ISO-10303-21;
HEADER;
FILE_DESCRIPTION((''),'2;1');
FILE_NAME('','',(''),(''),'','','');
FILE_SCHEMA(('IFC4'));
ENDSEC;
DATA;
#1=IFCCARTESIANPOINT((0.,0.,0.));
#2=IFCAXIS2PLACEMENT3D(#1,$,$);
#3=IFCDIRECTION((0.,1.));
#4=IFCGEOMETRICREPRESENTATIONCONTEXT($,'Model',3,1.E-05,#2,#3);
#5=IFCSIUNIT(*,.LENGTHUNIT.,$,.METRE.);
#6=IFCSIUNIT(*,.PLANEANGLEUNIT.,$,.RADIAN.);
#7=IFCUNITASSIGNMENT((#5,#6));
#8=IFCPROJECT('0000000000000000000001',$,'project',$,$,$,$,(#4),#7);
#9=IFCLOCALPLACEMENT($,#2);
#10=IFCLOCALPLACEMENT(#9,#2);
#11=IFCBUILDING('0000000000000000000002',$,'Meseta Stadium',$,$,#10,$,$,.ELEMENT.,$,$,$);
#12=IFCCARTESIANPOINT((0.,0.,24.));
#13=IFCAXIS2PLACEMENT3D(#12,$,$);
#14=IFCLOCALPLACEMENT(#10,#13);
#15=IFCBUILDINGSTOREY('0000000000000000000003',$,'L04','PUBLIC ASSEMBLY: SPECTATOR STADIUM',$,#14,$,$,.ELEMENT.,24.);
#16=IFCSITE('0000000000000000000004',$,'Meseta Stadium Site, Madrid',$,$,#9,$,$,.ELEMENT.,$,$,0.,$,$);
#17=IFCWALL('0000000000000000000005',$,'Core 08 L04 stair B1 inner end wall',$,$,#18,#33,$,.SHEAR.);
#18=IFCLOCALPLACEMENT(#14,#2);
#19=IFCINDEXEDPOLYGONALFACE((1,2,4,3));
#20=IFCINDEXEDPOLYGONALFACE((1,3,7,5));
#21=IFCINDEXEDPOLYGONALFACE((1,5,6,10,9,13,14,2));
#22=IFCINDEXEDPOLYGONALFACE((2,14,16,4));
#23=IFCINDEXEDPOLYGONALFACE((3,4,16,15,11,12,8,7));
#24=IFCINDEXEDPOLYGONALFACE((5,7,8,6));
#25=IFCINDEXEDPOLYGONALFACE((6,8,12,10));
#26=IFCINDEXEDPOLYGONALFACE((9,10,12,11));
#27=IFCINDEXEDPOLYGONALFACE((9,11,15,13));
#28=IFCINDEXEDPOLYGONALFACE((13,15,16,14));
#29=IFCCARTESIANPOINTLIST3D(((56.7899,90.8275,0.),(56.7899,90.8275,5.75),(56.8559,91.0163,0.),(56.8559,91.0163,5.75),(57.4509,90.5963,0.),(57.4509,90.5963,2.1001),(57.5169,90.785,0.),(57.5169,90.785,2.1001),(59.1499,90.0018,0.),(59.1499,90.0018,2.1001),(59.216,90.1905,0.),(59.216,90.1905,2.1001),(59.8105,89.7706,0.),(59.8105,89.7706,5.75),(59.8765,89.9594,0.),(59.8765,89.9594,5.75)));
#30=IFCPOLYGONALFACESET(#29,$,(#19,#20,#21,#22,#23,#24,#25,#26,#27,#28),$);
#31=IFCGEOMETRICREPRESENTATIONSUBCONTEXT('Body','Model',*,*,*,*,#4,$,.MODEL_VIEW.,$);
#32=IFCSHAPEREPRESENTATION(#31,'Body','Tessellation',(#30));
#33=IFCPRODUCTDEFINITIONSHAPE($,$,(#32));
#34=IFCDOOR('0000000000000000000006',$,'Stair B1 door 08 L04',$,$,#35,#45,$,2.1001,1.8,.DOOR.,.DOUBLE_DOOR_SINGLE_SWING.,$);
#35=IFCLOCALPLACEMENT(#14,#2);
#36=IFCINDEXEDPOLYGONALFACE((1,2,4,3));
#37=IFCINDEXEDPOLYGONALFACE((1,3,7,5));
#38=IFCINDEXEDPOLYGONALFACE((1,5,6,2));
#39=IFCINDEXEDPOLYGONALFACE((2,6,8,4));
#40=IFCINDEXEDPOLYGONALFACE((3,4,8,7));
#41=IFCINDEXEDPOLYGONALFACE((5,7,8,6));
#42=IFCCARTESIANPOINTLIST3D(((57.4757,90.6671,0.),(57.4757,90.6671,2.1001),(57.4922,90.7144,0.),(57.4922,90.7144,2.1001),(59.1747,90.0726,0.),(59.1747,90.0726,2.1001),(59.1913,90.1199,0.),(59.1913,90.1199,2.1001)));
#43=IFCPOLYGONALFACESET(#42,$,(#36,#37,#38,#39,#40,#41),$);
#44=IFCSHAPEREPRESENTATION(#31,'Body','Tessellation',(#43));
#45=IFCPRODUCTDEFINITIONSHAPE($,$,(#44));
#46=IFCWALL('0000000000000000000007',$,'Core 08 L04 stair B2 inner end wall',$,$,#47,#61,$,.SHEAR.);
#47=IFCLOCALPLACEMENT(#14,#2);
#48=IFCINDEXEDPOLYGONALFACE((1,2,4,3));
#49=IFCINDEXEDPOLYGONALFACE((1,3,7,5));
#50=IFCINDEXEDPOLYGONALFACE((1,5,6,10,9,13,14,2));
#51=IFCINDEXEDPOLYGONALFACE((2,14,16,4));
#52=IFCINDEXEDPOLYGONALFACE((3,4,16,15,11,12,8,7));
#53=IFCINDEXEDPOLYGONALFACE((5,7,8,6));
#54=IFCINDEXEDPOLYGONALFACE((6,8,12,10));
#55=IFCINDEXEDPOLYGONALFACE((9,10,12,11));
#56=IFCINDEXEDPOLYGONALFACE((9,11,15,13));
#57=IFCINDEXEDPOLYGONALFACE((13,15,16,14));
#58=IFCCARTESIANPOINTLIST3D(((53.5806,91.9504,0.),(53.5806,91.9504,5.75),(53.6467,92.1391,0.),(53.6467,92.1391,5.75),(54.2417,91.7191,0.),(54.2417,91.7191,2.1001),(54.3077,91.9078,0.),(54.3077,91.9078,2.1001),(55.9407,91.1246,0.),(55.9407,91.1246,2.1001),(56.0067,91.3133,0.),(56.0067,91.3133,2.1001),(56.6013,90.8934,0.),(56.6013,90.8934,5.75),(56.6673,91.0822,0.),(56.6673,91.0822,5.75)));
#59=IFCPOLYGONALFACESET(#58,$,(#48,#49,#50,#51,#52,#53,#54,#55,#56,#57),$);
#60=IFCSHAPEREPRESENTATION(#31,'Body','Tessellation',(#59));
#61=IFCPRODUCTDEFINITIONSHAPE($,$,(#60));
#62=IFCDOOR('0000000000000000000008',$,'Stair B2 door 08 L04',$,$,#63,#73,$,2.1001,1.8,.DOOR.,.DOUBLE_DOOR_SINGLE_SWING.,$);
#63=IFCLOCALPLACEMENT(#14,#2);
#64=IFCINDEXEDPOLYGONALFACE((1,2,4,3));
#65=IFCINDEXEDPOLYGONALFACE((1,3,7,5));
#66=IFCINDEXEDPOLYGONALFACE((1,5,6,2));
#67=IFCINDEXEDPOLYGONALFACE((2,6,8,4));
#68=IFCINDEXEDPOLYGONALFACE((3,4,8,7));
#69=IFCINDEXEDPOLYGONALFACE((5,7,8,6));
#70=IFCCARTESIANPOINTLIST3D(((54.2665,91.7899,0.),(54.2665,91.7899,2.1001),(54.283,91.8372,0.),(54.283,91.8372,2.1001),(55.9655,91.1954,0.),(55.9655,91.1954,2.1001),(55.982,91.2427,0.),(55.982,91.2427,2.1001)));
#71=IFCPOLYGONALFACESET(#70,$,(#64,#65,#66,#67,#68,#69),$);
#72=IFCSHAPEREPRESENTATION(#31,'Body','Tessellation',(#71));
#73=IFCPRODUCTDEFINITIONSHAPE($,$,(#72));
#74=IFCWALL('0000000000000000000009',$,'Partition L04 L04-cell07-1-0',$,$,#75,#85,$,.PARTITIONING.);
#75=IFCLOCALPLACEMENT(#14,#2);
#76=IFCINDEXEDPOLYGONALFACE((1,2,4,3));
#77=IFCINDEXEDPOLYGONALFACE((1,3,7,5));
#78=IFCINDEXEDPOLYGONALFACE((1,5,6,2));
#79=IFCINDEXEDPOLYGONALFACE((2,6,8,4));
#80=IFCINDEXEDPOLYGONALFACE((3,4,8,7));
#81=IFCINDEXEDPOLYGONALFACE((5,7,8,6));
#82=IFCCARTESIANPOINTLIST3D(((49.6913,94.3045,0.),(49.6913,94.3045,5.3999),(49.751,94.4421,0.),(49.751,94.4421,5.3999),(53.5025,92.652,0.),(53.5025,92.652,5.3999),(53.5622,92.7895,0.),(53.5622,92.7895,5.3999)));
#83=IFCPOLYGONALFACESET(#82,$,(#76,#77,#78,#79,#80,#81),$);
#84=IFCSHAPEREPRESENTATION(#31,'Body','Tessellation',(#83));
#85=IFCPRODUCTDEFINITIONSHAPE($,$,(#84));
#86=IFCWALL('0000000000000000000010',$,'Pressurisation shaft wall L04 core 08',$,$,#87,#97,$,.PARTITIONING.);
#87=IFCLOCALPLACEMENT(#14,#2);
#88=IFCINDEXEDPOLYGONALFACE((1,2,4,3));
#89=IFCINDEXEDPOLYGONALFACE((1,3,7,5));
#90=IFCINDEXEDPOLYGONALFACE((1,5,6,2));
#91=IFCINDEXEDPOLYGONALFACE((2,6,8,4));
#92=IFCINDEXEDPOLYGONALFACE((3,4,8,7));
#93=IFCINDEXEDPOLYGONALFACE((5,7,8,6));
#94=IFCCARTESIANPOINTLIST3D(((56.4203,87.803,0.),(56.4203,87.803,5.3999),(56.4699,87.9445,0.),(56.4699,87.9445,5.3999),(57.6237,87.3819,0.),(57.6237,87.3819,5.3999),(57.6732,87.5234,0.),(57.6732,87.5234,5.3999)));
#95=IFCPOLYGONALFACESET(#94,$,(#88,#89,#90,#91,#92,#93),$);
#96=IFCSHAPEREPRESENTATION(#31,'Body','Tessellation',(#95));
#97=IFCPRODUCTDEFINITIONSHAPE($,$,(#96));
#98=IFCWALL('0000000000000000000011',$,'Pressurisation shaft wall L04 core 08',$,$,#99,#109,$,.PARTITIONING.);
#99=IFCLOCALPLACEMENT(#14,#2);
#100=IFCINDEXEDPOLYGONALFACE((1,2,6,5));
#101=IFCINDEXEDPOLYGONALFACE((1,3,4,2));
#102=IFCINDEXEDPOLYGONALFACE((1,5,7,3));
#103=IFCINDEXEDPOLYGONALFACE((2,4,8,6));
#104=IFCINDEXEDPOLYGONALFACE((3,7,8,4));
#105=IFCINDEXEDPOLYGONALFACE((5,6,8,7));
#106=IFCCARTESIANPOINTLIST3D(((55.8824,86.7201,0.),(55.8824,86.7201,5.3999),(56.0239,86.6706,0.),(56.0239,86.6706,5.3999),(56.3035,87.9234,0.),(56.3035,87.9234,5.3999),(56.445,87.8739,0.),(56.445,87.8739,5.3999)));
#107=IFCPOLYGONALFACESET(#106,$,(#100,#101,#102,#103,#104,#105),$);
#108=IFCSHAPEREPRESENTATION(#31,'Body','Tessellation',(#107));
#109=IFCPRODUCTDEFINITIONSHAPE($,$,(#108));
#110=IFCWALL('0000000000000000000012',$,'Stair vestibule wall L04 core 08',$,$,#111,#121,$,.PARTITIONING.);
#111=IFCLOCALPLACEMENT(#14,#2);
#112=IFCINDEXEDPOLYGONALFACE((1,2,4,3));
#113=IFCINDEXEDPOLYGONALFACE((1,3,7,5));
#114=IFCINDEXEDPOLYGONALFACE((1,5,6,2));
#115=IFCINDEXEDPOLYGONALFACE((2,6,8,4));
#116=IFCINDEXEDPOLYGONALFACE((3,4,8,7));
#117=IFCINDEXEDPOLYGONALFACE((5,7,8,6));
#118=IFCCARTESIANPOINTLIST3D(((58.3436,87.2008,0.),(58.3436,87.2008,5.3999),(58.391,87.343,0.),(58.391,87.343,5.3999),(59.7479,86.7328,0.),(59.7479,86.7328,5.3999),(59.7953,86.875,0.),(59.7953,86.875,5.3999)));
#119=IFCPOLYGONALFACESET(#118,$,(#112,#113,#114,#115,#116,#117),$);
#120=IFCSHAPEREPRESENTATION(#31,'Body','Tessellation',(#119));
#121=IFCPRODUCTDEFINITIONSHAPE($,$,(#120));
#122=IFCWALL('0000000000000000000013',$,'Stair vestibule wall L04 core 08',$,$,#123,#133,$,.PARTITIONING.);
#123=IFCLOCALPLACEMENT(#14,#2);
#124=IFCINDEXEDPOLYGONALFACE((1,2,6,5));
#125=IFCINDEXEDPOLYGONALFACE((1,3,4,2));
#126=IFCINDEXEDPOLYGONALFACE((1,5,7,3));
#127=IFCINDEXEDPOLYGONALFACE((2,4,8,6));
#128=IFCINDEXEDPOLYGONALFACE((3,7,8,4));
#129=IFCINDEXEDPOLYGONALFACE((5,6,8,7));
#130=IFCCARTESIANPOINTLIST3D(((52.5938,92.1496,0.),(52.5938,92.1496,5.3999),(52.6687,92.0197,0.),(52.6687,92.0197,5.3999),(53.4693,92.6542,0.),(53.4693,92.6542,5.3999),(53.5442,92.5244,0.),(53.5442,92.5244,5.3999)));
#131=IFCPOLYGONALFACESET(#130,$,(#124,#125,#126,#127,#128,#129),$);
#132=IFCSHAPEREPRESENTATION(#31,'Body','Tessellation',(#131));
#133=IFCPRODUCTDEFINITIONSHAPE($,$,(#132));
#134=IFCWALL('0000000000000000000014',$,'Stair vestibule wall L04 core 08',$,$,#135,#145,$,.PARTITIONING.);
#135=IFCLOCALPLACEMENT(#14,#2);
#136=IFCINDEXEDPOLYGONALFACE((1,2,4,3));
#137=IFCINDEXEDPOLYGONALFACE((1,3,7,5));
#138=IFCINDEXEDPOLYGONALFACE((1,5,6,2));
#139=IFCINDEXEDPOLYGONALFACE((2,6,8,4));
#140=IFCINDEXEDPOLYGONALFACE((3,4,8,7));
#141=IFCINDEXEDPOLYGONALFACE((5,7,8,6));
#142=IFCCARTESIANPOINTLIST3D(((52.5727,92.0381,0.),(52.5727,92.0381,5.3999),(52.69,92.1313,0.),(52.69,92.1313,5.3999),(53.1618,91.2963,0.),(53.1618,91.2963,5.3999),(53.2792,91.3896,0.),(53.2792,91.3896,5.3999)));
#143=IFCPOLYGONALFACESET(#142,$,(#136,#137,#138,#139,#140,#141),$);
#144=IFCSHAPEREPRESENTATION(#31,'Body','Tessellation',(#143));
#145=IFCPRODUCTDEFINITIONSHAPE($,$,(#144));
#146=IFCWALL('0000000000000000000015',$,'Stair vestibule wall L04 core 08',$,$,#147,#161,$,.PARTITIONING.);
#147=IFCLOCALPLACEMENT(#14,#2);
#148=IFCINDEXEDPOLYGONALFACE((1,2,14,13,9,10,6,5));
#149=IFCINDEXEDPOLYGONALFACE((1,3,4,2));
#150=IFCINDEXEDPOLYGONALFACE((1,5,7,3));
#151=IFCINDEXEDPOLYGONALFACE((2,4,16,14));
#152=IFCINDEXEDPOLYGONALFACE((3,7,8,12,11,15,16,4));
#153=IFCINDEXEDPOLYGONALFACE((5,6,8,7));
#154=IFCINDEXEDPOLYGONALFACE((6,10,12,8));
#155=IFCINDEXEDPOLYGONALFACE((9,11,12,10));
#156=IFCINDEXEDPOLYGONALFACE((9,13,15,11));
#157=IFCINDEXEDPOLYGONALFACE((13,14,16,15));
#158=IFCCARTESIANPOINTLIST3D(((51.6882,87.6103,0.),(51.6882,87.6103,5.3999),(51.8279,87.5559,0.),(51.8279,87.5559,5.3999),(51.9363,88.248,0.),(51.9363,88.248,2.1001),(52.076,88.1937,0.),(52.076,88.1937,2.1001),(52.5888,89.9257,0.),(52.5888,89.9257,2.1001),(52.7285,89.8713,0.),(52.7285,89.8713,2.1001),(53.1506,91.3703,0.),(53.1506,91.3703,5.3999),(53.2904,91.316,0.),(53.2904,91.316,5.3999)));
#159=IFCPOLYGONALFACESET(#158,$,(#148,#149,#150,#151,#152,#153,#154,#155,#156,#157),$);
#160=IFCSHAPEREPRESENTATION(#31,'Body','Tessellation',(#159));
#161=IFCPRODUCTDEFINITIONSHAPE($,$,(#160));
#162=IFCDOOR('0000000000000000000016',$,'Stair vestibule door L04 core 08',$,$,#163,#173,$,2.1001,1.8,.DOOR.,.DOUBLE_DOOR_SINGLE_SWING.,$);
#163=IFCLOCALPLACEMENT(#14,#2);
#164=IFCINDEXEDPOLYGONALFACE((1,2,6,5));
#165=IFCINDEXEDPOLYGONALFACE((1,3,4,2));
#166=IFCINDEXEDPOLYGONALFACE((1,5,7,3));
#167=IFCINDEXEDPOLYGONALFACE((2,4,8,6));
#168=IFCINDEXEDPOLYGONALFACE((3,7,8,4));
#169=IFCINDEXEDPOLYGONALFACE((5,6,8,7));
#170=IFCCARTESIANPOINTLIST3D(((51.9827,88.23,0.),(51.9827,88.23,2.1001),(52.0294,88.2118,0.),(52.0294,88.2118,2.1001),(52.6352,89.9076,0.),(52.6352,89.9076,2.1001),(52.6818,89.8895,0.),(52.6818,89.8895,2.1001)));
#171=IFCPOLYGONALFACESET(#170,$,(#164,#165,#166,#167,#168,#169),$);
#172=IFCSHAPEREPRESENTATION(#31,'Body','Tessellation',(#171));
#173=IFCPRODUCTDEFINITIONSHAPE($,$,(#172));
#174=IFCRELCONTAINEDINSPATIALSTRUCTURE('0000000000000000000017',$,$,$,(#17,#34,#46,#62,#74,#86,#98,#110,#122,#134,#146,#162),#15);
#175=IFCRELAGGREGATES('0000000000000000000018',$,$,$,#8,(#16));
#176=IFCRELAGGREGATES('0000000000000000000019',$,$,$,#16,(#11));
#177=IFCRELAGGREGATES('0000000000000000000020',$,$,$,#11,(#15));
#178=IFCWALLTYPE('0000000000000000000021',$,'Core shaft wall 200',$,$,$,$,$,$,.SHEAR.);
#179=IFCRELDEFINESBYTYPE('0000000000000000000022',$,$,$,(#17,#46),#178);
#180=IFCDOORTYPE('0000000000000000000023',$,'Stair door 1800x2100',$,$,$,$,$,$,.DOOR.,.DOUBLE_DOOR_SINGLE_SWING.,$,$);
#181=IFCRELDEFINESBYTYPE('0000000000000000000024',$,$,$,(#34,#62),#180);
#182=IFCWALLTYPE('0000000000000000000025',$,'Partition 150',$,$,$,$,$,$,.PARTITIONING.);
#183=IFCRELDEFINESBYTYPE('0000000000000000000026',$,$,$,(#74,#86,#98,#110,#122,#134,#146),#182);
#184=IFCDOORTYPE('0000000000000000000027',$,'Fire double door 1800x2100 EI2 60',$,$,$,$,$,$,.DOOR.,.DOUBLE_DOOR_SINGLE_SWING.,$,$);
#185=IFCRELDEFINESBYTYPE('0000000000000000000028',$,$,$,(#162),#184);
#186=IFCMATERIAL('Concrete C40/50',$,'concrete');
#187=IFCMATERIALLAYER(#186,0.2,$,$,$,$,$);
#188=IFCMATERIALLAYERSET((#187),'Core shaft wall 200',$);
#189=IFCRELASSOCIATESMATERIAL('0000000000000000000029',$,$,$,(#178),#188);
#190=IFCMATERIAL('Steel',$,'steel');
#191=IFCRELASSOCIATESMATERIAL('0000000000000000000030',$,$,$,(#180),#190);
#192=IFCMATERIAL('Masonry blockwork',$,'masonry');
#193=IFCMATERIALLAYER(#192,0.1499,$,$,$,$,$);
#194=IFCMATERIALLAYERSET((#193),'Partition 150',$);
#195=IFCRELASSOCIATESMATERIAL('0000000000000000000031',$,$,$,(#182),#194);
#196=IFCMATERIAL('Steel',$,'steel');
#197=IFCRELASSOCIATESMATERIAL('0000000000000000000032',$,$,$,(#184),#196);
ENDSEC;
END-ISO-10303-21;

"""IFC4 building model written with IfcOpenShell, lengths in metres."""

from ifc_helpers import new_model, si_unit, direction, frame, frame_2d, origin, place, context, subcontext, project, spatial, rectangle, extrude, material, layer, layer_set, type_object, element, fill, save


model = new_model("IFC4")

# Units and contexts
model_context = context("Model", 3, precision=1e-05, world=origin(), true_north=direction((0.0, 1.0)))
body_context = subcontext(model_context, "Body", "Model", "MODEL_VIEW")
ifc_project = project(units=[si_unit("LENGTHUNIT", "METRE"), si_unit("PLANEANGLEUNIT", "RADIAN")], contexts=[model_context])

# Site, building, storey
site_placement = place(None, origin())
site = spatial("IfcSite", under=ifc_project, at=site_placement, Name="Meseta Stadium Site, Madrid", CompositionType="ELEMENT", RefElevation=0.0)
building_placement = place(site_placement, origin())
building = spatial("IfcBuilding", under=site, at=building_placement, Name="Meseta Stadium", CompositionType="ELEMENT")
storey_placement = place(building_placement, frame((0.0, 0.0, 24.0)))
storey = spatial("IfcBuildingStorey", under=building, at=storey_placement, Name="L04", Description="PUBLIC ASSEMBLY: SPECTATOR STADIUM", CompositionType="ELEMENT", Elevation=24.0)

# Shared definitions
ifc_material_1 = material(Name="Concrete C40/50", Category="concrete")
ifc_layer_1 = layer(ifc_material_1, 0.2)
ifc_layer_set_1 = layer_set([ifc_layer_1], Name="Core shaft wall 200")
wall_type_1 = type_object("IfcWallType", Name="Core shaft wall 200", PredefinedType="SHEAR", material=ifc_layer_set_1)

# Walls, openings, doors
wall_1_placement = place(storey_placement, frame((59.8435, 89.865, 0.0), z_axis=(0.0, 0.0, 1.0), x_axis=(-0.943887, 0.330269, 0.0)))
wall_1 = element("IfcWall", 1, at=wall_1_placement, inside=storey, type_object=wall_type_1, Name="Core 08 L04 stair B1 inner end wall", PredefinedType="SHEAR", context=body_context, shape_type="SweptSolid", body=[
    extrude(rectangle(XDim=3.2002, YDim=0.2, at=frame_2d((1.6001, 0.0))), origin(), (0.0, 0.0, 1.0), 5.75),
])
opening_1_placement = place(wall_1_placement, frame((0.7, 0.0, 0.0)))
opening_1 = element("IfcOpeningElement", 2, at=opening_1_placement, cuts=wall_1, PredefinedType="OPENING", context=body_context, shape_type="SweptSolid", body=[
    extrude(rectangle(XDim=1.8, YDim=2.1001, at=frame_2d((0.8999, 1.05))), frame((0.0, 0.1099, 0.0), z_axis=(0.0, -1.0, 0.0), x_axis=(1.0, 0.0, 0.0)), (0.0, 0.0, 1.0), 0.22),
])
ifc_material_2 = material(Name="Steel", Category="steel")
door_type_1 = type_object("IfcDoorType", Name="Stair door 1800x2100", OperationType="DOUBLE_DOOR_SINGLE_SWING", PredefinedType="DOOR", material=ifc_material_2)
door_1_placement = place(opening_1_placement, origin())
door_1 = element("IfcDoor", 3, at=door_1_placement, inside=storey, type_object=door_type_1, Name="Stair B1 door 08 L04", OperationType="DOUBLE_DOOR_SINGLE_SWING", OverallHeight=2.1001, OverallWidth=1.8, PredefinedType="DOOR", context=body_context, shape_type="SweptSolid", body=[
    extrude(rectangle(XDim=1.8, YDim=2.1001, at=frame_2d((0.8999, 1.05))), frame((0.0, 0.0249, 0.0), z_axis=(0.0, -1.0, 0.0), x_axis=(1.0, 0.0, 0.0)), (0.0, 0.0, 1.0), 0.05),
])
fill(opening_1, door_1)
wall_2_placement = place(storey_placement, frame((56.6343, 90.9878, 0.0), z_axis=(0.0, 0.0, 1.0), x_axis=(-0.943887, 0.330269, 0.0)))
wall_2 = element("IfcWall", 4, at=wall_2_placement, inside=storey, type_object=wall_type_1, Name="Core 08 L04 stair B2 inner end wall", PredefinedType="SHEAR", context=body_context, shape_type="SweptSolid", body=[
    extrude(rectangle(XDim=3.2002, YDim=0.2, at=frame_2d((1.6001, 0.0))), origin(), (0.0, 0.0, 1.0), 5.75),
])
opening_2_placement = place(wall_2_placement, frame((0.7, 0.0, 0.0)))
opening_2 = element("IfcOpeningElement", 5, at=opening_2_placement, cuts=wall_2, PredefinedType="OPENING", context=body_context, shape_type="SweptSolid", body=[
    extrude(rectangle(XDim=1.8, YDim=2.1001, at=frame_2d((0.8999, 1.05))), frame((0.0, 0.1099, 0.0), z_axis=(0.0, -1.0, 0.0), x_axis=(1.0, 0.0, 0.0)), (0.0, 0.0, 1.0), 0.22),
])
door_2_placement = place(opening_2_placement, origin())
door_2 = element("IfcDoor", 6, at=door_2_placement, inside=storey, type_object=door_type_1, Name="Stair B2 door 08 L04", OperationType="DOUBLE_DOOR_SINGLE_SWING", OverallHeight=2.1001, OverallWidth=1.8, PredefinedType="DOOR", context=body_context, shape_type="SweptSolid", body=[
    extrude(rectangle(XDim=1.8, YDim=2.1001, at=frame_2d((0.8999, 1.05))), frame((0.0, 0.0249, 0.0), z_axis=(0.0, -1.0, 0.0), x_axis=(1.0, 0.0, 0.0)), (0.0, 0.0, 1.0), 0.05),
])
fill(opening_2, door_2)

# Walls
ifc_material_3 = material(Name="Masonry blockwork", Category="masonry")
ifc_layer_2 = layer(ifc_material_3, 0.1499)
ifc_layer_set_2 = layer_set([ifc_layer_2], Name="Partition 150")
wall_type_2 = type_object("IfcWallType", Name="Partition 150", PredefinedType="PARTITIONING", material=ifc_layer_set_2)
wall_3_placement = place(storey_placement, frame((53.5325, 92.7207, 0.0), z_axis=(0.0, 0.0, 1.0), x_axis=(-0.917465, 0.397817, 0.0)))
element("IfcWall", 7, at=wall_3_placement, inside=storey, type_object=wall_type_2, Name="Partition L04 L04-cell07-1-0", PredefinedType="PARTITIONING", context=body_context, shape_type="SweptSolid", body=[
    extrude(rectangle(XDim=4.1541, YDim=0.1499, at=frame_2d((2.0771, 0.0))), origin(), (0.0, 0.0, 1.0), 5.3999),
])
for number, where, z_axis, x_axis, name in (
    (8, (57.6484, 87.4526, 0.0), (0.0, 0.0, 1.0), (-0.943867, 0.330325, 0.0), "Pressurisation shaft wall L04 core 08"),
    (9, (56.3743, 87.8987, 0.0), (0.0, 0.0, 1.0), (-0.330325, -0.943867, 0.0), "Pressurisation shaft wall L04 core 08"),
):
    element("IfcWall", number, at=place(storey_placement, frame(where, z_axis=z_axis, x_axis=x_axis)), inside=storey, type_object=wall_type_2, Name=name, PredefinedType="PARTITIONING", context=body_context, shape_type="SweptSolid", body=[
        extrude(rectangle(XDim=1.2749, YDim=0.1499, at=frame_2d((0.6375, 0.0))), origin(), (0.0, 0.0, 1.0), 5.3999),
    ])
wall_4_placement = place(storey_placement, frame((58.3672, 87.272, 0.0), z_axis=(0.0, 0.0, 1.0), x_axis=(0.9487, -0.316178, 0.0)))
element("IfcWall", 10, at=wall_4_placement, inside=storey, type_object=wall_type_2, Name="Stair vestibule wall L04 core 08", PredefinedType="PARTITIONING", context=body_context, shape_type="SweptSolid", body=[
    extrude(rectangle(XDim=1.4802, YDim=0.1499, at=frame_2d((0.7402, 0.0))), origin(), (0.0, 0.0, 1.0), 5.3999),
])
wall_5_placement = place(storey_placement, frame((53.5068, 92.5894, 0.0), z_axis=(0.0, 0.0, 1.0), x_axis=(-0.866379, -0.499388, 0.0)))
element("IfcWall", 11, at=wall_5_placement, inside=storey, type_object=wall_type_2, Name="Stair vestibule wall L04 core 08", PredefinedType="PARTITIONING", context=body_context, shape_type="SweptSolid", body=[
    extrude(rectangle(XDim=1.0105, YDim=0.1499, at=frame_2d((0.5054, 0.0))), origin(), (0.0, 0.0, 1.0), 5.3999),
])
wall_6_placement = place(storey_placement, frame((52.6313, 92.0847, 0.0), z_axis=(0.0, 0.0, 1.0), x_axis=(0.621957, -0.783052, 0.0)))
element("IfcWall", 12, at=wall_6_placement, inside=storey, type_object=wall_type_2, Name="Stair vestibule wall L04 core 08", PredefinedType="PARTITIONING", context=body_context, shape_type="SweptSolid", body=[
    extrude(rectangle(XDim=0.9473, YDim=0.1499, at=frame_2d((0.4736, 0.0))), origin(), (0.0, 0.0, 1.0), 5.3999),
])

# Wall, opening, door
wall_7_placement = place(storey_placement, frame((53.2205, 91.343, 0.0), z_axis=(0.0, 0.0, 1.0), x_axis=(-0.362484, -0.93199, 0.0)))
wall_7 = element("IfcWall", 13, at=wall_7_placement, inside=storey, type_object=wall_type_2, Name="Stair vestibule wall L04 core 08", PredefinedType="PARTITIONING", context=body_context, shape_type="SweptSolid", body=[
    extrude(rectangle(XDim=4.0344, YDim=0.1499, at=frame_2d((2.0171, 0.0))), origin(), (0.0, 0.0, 1.0), 5.3999),
])
opening_3_placement = place(wall_7_placement, frame((1.55, 0.0, 0.0)))
opening_3 = element("IfcOpeningElement", 14, at=opening_3_placement, cuts=wall_7, PredefinedType="OPENING", context=body_context, shape_type="SweptSolid", body=[
    extrude(rectangle(XDim=1.8, YDim=2.1001, at=frame_2d((0.8999, 1.05))), frame((0.0, 0.085, 0.0), z_axis=(0.0, -1.0, 0.0), x_axis=(1.0, 0.0, 0.0)), (0.0, 0.0, 1.0), 0.1699),
])
ifc_material_4 = material(Name="Steel", Category="steel")
door_type_2 = type_object("IfcDoorType", Name="Fire double door 1800x2100 EI2 60", OperationType="DOUBLE_DOOR_SINGLE_SWING", PredefinedType="DOOR", material=ifc_material_4)
door_3_placement = place(opening_3_placement, origin())
door_3 = element("IfcDoor", 15, at=door_3_placement, inside=storey, type_object=door_type_2, Name="Stair vestibule door L04 core 08", OperationType="DOUBLE_DOOR_SINGLE_SWING", OverallHeight=2.1001, OverallWidth=1.8, PredefinedType="DOOR", context=body_context, shape_type="SweptSolid", body=[
    extrude(rectangle(XDim=1.8, YDim=2.1001, at=frame_2d((0.8999, 1.05))), frame((0.0, 0.0249, 0.0), z_axis=(0.0, -1.0, 0.0), x_axis=(1.0, 0.0, 0.0)), (0.0, 0.0, 1.0), 0.05),
])
fill(opening_3, door_3)

save(model, "model.ifc")
